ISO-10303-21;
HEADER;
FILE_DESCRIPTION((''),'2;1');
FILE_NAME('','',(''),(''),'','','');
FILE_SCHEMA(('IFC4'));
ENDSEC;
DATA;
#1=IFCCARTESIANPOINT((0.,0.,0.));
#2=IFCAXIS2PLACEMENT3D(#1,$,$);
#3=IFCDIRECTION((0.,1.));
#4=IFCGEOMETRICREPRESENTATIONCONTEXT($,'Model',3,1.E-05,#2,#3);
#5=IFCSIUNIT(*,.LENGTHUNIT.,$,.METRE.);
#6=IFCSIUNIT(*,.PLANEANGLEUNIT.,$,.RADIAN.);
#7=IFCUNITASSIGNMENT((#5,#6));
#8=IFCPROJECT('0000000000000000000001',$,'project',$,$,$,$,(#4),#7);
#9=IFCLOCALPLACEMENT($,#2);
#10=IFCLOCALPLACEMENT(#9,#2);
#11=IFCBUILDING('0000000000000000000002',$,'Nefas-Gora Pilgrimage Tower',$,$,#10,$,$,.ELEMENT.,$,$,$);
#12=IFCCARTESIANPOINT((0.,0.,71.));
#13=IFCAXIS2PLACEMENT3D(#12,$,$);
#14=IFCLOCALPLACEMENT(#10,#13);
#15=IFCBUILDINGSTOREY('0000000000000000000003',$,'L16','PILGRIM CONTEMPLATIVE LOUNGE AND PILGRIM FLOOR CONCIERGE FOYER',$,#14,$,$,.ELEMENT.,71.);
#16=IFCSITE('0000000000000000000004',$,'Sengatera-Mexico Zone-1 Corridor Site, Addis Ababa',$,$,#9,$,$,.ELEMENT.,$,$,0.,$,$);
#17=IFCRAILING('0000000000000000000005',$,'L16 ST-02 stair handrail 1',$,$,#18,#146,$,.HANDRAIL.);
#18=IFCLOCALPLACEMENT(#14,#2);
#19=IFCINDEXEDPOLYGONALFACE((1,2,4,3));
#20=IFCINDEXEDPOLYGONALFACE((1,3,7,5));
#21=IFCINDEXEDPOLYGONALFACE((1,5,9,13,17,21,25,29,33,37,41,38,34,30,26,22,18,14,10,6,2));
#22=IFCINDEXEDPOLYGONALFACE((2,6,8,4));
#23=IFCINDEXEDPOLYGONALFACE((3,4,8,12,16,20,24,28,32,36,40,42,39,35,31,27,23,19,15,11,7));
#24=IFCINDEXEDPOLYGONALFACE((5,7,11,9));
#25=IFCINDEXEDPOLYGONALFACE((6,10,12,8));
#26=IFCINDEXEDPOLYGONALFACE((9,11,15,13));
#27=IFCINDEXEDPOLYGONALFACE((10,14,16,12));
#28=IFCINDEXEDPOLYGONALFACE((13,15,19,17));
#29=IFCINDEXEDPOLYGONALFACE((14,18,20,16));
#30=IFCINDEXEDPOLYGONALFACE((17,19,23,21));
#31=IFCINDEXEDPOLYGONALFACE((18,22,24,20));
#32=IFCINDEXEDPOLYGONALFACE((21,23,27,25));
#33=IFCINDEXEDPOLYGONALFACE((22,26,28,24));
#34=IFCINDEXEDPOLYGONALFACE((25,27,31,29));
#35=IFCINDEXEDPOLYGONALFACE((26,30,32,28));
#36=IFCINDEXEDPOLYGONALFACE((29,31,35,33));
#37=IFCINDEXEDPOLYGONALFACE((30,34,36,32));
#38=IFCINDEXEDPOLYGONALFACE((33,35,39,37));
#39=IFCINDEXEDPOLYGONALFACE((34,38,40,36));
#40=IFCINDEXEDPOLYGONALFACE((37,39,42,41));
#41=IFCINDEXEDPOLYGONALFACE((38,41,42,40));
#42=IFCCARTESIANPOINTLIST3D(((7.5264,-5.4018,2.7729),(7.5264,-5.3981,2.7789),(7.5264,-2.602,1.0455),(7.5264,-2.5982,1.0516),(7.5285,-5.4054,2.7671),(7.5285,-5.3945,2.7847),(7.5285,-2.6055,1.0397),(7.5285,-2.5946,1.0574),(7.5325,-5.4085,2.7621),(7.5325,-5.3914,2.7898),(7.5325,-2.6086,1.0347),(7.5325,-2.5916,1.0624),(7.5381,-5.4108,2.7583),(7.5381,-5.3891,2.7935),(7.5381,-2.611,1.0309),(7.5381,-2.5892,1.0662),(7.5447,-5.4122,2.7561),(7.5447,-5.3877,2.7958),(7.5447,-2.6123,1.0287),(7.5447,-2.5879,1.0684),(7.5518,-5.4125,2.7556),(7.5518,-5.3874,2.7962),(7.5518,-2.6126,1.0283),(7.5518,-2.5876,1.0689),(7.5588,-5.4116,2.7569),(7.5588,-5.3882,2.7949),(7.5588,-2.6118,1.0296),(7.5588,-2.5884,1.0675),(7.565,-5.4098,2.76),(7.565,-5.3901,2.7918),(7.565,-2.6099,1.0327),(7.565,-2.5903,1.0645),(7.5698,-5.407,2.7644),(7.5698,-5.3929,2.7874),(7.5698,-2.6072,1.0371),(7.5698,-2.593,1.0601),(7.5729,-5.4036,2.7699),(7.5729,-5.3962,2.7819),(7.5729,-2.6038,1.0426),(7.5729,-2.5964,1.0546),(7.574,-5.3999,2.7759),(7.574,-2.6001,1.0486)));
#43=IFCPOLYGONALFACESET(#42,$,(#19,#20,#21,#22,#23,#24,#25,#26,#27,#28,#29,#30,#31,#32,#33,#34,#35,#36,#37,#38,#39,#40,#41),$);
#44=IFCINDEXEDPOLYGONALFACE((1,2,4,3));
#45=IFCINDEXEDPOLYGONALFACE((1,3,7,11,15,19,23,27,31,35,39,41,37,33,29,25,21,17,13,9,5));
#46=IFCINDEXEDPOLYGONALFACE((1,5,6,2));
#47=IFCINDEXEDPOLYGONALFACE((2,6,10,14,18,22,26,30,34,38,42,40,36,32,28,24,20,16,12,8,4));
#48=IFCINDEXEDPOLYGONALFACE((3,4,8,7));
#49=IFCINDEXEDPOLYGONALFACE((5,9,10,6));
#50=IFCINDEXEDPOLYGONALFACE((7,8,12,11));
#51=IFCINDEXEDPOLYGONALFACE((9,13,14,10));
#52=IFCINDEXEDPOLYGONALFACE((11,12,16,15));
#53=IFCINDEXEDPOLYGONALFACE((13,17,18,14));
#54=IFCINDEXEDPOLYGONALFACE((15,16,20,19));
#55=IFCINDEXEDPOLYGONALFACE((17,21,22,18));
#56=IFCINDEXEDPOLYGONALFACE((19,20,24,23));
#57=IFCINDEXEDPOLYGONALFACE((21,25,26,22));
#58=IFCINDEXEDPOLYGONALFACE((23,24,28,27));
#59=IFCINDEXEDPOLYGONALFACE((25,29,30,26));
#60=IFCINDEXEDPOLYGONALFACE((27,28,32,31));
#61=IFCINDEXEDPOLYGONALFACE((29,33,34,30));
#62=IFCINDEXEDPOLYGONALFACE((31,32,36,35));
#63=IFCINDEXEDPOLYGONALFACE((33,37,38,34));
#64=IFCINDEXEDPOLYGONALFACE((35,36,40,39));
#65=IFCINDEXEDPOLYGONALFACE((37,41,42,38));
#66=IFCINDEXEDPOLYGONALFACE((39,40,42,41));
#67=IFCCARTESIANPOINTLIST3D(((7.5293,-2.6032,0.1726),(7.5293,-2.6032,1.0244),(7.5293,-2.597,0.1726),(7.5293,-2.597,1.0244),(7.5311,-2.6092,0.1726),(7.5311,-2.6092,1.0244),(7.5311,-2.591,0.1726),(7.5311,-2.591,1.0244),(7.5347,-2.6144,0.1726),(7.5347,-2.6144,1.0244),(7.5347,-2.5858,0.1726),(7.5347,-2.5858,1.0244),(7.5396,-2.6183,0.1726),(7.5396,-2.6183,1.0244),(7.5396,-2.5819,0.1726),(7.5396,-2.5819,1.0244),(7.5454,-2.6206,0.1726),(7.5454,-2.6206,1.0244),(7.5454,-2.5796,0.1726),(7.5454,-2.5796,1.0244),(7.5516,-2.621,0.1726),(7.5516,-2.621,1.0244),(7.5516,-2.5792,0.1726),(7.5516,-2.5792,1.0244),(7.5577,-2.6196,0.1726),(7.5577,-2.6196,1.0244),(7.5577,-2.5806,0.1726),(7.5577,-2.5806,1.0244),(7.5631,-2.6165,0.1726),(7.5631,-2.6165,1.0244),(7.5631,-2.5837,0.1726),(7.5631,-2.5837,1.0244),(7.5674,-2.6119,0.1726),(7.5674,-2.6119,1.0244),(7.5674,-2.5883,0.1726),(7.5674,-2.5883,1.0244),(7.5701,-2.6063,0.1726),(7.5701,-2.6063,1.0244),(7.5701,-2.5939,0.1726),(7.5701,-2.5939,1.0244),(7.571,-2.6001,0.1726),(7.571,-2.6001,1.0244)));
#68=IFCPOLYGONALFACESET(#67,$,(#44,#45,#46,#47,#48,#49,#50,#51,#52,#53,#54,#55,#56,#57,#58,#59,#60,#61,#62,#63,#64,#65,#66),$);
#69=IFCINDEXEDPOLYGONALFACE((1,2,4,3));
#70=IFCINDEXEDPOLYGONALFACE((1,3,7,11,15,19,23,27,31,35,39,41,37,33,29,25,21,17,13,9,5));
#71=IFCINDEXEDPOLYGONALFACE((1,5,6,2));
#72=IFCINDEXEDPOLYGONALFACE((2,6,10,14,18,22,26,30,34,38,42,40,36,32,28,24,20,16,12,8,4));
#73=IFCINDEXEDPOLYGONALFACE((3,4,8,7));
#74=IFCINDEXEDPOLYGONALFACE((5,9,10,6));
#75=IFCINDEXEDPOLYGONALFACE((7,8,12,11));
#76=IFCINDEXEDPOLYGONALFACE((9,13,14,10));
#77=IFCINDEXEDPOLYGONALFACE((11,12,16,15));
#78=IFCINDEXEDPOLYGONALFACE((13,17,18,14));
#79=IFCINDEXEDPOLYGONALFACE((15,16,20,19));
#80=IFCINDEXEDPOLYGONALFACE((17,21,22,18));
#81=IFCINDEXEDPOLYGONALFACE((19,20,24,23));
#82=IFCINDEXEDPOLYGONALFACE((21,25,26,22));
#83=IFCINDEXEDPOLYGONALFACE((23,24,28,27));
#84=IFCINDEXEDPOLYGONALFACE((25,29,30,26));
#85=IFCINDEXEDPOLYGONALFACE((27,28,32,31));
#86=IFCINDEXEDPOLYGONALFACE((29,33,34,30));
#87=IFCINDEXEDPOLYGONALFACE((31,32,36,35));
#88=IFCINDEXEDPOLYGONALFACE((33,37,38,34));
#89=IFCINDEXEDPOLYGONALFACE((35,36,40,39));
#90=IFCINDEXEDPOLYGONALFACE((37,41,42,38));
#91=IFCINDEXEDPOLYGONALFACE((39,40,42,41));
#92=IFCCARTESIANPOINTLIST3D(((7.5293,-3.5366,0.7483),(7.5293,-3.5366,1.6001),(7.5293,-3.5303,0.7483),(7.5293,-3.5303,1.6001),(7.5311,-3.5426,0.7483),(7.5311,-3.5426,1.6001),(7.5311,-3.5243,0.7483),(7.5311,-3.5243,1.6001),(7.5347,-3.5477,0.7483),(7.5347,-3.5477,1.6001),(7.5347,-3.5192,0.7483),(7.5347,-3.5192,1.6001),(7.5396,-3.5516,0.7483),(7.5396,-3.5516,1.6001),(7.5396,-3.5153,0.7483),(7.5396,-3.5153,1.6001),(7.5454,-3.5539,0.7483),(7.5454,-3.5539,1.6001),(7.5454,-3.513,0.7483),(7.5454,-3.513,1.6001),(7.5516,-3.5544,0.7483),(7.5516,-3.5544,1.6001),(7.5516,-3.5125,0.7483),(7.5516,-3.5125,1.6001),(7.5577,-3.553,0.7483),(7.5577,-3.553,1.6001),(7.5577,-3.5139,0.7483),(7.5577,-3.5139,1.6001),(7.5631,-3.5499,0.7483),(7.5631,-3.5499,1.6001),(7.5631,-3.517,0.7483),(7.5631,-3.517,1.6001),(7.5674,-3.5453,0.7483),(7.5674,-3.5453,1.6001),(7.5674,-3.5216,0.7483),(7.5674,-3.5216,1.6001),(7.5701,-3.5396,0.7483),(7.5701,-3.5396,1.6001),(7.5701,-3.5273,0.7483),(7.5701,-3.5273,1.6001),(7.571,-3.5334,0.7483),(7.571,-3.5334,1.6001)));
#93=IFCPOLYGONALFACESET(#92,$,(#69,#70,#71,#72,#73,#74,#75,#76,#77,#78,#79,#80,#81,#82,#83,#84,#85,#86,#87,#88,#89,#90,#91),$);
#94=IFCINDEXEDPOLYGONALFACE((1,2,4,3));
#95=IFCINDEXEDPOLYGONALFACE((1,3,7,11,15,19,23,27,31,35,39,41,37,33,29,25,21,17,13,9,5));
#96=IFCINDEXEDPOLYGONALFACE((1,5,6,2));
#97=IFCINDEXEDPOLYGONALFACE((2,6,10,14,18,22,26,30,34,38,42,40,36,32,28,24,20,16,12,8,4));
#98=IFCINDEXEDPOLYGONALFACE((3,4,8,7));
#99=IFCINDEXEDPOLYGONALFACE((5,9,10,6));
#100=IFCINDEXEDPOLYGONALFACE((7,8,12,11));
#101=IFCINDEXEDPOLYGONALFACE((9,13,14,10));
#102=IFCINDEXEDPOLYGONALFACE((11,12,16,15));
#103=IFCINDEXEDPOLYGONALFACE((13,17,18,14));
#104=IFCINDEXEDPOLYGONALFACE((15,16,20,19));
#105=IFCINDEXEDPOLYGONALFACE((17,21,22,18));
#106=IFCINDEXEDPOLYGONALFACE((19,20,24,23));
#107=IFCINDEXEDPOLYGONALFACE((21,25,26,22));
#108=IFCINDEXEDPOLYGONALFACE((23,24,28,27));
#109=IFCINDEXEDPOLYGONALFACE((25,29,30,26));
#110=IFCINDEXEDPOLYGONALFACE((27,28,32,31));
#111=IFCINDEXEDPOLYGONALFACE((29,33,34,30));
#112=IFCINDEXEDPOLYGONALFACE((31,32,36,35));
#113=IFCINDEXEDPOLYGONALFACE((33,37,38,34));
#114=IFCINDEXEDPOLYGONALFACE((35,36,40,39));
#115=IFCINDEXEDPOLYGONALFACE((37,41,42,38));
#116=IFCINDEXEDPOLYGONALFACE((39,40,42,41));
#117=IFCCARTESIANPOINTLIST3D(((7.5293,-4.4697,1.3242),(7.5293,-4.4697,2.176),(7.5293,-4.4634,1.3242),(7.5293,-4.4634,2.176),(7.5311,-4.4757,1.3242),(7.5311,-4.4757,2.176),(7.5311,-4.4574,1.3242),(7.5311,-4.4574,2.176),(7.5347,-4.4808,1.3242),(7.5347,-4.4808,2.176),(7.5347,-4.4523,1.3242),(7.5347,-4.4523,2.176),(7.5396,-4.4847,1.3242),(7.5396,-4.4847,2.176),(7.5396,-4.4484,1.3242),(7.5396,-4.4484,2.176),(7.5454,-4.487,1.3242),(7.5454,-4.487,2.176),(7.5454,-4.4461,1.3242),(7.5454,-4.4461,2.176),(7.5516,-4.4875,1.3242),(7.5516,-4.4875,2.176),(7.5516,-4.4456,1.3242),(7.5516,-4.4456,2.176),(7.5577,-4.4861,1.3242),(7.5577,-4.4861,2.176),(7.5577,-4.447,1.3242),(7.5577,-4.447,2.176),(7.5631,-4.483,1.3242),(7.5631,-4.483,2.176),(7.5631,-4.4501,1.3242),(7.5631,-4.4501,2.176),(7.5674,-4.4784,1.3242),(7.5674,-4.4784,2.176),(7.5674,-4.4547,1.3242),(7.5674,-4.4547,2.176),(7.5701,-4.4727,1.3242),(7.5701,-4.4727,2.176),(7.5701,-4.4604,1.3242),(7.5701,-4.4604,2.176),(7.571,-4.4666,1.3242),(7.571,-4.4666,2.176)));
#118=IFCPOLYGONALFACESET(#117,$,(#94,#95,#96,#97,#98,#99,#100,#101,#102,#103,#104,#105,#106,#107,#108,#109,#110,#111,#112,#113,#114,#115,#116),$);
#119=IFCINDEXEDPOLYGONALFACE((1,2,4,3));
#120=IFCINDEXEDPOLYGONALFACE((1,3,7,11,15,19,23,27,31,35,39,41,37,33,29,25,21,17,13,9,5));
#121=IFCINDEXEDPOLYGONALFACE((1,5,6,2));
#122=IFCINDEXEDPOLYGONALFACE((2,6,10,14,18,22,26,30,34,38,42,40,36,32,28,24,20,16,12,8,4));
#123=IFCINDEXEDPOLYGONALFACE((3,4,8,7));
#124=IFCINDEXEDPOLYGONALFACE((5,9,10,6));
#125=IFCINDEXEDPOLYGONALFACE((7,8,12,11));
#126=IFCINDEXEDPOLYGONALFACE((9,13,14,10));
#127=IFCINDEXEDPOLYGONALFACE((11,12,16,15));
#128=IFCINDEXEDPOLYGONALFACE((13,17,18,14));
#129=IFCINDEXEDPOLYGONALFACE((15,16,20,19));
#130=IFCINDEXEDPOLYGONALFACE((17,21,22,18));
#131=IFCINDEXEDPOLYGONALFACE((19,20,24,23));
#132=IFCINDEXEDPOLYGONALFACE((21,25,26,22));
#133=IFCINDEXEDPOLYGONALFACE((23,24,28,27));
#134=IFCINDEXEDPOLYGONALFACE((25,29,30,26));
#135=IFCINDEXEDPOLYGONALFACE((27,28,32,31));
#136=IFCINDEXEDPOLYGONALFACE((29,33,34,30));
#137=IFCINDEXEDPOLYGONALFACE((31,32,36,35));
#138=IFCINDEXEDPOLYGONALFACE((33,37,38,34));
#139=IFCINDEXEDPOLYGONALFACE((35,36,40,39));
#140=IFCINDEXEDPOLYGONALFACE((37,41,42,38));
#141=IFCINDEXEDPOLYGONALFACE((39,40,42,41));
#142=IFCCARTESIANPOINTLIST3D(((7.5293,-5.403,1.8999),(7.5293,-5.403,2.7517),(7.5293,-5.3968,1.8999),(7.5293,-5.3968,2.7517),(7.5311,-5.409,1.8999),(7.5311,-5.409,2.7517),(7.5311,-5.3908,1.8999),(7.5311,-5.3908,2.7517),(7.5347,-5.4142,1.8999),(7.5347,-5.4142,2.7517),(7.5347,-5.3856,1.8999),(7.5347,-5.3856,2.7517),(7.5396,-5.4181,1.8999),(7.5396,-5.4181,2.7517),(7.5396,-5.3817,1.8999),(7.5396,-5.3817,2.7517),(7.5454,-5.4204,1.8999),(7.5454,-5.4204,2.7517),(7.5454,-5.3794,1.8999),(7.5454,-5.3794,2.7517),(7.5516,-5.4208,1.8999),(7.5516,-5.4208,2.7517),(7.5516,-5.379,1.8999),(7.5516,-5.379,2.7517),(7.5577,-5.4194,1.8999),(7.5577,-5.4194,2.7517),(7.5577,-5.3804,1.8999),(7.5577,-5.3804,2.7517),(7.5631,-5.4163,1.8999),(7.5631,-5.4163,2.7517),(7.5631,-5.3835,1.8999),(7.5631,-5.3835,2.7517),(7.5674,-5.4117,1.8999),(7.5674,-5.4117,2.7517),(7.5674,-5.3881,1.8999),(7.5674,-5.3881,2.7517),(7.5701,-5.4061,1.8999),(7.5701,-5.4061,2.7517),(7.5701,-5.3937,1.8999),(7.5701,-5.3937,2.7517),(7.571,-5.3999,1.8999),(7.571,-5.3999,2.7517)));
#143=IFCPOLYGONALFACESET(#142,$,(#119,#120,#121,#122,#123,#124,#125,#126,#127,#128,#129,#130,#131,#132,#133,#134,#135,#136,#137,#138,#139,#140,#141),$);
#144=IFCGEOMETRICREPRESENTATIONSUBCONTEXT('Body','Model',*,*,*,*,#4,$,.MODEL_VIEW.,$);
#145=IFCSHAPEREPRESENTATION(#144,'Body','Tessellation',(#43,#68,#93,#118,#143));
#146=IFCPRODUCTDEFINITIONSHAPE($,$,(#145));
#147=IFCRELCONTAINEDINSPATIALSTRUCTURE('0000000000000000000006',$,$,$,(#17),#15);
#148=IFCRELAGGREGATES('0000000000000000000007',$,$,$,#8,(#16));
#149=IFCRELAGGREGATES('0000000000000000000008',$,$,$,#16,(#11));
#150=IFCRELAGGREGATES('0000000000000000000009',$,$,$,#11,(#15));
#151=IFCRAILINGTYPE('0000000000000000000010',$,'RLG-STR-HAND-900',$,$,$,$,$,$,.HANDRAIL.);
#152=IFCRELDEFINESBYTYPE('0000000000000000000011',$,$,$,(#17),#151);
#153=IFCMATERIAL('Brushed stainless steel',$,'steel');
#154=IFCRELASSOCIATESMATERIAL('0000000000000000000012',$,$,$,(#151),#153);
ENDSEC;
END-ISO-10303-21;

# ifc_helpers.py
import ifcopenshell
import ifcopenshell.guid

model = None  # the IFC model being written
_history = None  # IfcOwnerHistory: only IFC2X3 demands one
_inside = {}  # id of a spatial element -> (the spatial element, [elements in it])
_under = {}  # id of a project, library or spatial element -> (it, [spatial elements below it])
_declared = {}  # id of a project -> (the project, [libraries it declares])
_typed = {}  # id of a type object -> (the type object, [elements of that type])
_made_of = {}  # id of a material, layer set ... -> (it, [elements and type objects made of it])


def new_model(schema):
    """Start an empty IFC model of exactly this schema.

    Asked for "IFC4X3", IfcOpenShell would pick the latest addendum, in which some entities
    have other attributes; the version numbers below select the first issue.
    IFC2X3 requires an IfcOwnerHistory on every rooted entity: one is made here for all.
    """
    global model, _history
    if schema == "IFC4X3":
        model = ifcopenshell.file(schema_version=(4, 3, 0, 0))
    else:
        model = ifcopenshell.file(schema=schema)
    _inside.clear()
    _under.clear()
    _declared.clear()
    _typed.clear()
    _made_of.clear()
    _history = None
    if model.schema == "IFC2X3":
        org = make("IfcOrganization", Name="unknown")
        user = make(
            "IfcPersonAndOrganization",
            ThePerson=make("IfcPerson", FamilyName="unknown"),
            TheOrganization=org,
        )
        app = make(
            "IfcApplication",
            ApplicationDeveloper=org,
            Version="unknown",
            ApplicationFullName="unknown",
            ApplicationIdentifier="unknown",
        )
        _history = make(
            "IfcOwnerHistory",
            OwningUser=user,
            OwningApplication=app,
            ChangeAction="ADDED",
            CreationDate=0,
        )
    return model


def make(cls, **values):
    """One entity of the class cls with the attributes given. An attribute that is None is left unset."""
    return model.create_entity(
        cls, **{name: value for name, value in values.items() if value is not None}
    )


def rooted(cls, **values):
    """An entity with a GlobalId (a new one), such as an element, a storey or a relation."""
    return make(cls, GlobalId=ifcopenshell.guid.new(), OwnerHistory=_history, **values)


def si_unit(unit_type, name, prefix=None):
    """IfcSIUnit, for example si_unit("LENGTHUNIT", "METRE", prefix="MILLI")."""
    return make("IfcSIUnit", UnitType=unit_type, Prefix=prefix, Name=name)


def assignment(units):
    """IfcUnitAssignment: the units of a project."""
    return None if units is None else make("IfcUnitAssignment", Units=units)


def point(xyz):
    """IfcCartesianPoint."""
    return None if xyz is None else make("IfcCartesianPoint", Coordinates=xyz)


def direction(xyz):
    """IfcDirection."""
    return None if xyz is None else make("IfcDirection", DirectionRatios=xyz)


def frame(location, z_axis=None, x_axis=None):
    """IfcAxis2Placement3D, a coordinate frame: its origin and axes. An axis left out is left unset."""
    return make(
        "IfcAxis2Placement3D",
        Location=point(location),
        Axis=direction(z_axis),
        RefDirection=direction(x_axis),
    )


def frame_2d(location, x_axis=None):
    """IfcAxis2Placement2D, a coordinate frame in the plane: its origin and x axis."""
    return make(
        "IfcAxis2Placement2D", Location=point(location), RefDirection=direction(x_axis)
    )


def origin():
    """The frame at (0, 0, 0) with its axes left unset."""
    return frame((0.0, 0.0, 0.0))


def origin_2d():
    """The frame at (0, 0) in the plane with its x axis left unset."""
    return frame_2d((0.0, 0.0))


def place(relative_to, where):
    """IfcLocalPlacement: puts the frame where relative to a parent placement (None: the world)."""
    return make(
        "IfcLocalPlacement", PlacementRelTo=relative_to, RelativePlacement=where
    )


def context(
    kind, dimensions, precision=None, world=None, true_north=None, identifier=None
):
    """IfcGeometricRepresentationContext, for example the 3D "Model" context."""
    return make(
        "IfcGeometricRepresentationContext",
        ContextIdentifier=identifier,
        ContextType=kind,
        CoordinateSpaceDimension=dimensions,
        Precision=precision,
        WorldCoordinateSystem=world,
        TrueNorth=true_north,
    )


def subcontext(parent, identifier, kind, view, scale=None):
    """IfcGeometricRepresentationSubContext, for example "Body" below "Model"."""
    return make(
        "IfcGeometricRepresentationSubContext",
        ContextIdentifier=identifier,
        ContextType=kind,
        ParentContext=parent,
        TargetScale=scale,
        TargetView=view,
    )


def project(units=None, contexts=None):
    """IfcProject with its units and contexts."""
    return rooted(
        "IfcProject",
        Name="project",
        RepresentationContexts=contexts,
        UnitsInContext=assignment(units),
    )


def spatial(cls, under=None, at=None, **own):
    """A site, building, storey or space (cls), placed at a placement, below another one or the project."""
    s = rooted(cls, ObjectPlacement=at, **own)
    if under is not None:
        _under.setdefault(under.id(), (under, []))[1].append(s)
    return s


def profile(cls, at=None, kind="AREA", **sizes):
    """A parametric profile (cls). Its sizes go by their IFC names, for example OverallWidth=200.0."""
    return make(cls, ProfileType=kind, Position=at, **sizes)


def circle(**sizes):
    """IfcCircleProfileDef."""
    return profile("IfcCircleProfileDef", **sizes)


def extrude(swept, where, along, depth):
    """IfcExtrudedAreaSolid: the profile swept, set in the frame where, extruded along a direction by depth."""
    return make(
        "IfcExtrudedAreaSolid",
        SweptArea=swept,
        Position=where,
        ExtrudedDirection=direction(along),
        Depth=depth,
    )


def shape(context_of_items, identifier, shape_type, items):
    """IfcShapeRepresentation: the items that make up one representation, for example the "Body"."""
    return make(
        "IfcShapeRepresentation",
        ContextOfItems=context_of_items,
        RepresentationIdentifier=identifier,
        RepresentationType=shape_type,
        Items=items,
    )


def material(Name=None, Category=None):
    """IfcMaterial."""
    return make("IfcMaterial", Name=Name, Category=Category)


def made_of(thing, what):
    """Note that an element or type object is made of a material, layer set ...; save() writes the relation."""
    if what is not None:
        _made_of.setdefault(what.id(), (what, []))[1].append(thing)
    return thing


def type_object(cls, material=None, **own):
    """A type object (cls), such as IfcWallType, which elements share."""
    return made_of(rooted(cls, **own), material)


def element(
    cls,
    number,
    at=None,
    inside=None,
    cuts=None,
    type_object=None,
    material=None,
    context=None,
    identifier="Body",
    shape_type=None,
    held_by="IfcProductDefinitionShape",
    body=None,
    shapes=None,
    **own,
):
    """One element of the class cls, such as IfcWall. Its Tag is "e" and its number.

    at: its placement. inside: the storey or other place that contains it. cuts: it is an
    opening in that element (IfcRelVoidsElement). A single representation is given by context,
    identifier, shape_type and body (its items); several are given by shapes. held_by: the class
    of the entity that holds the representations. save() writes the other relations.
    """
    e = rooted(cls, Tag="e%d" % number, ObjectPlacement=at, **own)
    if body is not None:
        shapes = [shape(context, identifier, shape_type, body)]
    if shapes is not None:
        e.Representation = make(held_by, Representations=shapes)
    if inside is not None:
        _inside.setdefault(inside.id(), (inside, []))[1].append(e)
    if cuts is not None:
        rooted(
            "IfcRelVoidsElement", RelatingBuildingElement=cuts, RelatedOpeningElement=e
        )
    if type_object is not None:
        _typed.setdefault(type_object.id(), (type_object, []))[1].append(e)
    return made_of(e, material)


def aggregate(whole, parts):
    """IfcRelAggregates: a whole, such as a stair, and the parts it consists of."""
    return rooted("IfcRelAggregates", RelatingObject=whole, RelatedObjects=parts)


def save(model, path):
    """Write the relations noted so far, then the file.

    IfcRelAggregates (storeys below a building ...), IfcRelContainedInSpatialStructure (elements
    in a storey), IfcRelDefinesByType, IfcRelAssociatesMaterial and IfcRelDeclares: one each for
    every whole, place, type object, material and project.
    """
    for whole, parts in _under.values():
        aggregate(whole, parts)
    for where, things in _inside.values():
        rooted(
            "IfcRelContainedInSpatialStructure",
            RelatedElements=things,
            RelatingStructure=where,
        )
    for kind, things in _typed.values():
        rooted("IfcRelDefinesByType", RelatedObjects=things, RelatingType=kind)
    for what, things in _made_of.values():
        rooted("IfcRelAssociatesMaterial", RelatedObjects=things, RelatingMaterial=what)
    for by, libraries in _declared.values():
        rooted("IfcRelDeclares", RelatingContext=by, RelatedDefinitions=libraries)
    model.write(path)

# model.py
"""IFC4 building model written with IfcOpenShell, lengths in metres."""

from ifc_helpers import new_model, si_unit, direction, frame, origin, origin_2d, place, context, subcontext, project, spatial, circle, extrude, material, type_object, element, save


model = new_model("IFC4")

# Units and contexts
model_context = context("Model", 3, precision=1e-05, world=origin(), true_north=direction((0.0, 1.0)))
body_context = subcontext(model_context, "Body", "Model", "MODEL_VIEW")
ifc_project = project(units=[si_unit("LENGTHUNIT", "METRE"), si_unit("PLANEANGLEUNIT", "RADIAN")], contexts=[model_context])

# Site, building, storey
site_placement = place(None, origin())
site = spatial("IfcSite", under=ifc_project, at=site_placement, Name="Sengatera-Mexico Zone-1 Corridor Site, Addis Ababa", CompositionType="ELEMENT", RefElevation=0.0)
building_placement = place(site_placement, origin())
building = spatial("IfcBuilding", under=site, at=building_placement, Name="Nefas-Gora Pilgrimage Tower", CompositionType="ELEMENT")
storey_placement = place(building_placement, frame((0.0, 0.0, 71.0)))
storey = spatial("IfcBuildingStorey", under=building, at=storey_placement, Name="L16", Description="PILGRIM CONTEMPLATIVE LOUNGE AND PILGRIM FLOOR CONCIERGE FOYER", CompositionType="ELEMENT", Elevation=71.0)

# Railing
ifc_material_1 = material(Name="Brushed stainless steel", Category="steel")
railing_type_1 = type_object("IfcRailingType", Name="RLG-STR-HAND-900", PredefinedType="HANDRAIL", material=ifc_material_1)
railing_1_placement = place(storey_placement, frame((7.55, -2.6001, 0.1726)))
element("IfcRailing", 1, at=railing_1_placement, inside=storey, type_object=railing_type_1, Name="L16 ST-02 stair handrail 1", PredefinedType="HANDRAIL", context=body_context, shape_type="SweptSolid", body=[
    extrude(circle(Radius=0.0239, at=origin_2d()), frame((0.0, 0.0, 0.876), z_axis=(0.0, -0.851069, 0.525054), x_axis=(1.0, 0.0, 0.0)), (0.0, 0.0, 1.0), 3.2898),
    extrude(circle(Radius=0.021, at=origin_2d()), origin(), (0.0, 0.0, 1.0), 0.8518),
    extrude(circle(Radius=0.021, at=origin_2d()), frame((0.0, -0.9333, 0.5757)), (0.0, 0.0, 1.0), 0.8518),
    extrude(circle(Radius=0.021, at=origin_2d()), frame((0.0, -1.8665, 1.1516)), (0.0, 0.0, 1.0), 0.8518),
    extrude(circle(Radius=0.021, at=origin_2d()), frame((0.0, -2.7998, 1.7273)), (0.0, 0.0, 1.0), 0.8518),
])

save(model, "model.ifc")
